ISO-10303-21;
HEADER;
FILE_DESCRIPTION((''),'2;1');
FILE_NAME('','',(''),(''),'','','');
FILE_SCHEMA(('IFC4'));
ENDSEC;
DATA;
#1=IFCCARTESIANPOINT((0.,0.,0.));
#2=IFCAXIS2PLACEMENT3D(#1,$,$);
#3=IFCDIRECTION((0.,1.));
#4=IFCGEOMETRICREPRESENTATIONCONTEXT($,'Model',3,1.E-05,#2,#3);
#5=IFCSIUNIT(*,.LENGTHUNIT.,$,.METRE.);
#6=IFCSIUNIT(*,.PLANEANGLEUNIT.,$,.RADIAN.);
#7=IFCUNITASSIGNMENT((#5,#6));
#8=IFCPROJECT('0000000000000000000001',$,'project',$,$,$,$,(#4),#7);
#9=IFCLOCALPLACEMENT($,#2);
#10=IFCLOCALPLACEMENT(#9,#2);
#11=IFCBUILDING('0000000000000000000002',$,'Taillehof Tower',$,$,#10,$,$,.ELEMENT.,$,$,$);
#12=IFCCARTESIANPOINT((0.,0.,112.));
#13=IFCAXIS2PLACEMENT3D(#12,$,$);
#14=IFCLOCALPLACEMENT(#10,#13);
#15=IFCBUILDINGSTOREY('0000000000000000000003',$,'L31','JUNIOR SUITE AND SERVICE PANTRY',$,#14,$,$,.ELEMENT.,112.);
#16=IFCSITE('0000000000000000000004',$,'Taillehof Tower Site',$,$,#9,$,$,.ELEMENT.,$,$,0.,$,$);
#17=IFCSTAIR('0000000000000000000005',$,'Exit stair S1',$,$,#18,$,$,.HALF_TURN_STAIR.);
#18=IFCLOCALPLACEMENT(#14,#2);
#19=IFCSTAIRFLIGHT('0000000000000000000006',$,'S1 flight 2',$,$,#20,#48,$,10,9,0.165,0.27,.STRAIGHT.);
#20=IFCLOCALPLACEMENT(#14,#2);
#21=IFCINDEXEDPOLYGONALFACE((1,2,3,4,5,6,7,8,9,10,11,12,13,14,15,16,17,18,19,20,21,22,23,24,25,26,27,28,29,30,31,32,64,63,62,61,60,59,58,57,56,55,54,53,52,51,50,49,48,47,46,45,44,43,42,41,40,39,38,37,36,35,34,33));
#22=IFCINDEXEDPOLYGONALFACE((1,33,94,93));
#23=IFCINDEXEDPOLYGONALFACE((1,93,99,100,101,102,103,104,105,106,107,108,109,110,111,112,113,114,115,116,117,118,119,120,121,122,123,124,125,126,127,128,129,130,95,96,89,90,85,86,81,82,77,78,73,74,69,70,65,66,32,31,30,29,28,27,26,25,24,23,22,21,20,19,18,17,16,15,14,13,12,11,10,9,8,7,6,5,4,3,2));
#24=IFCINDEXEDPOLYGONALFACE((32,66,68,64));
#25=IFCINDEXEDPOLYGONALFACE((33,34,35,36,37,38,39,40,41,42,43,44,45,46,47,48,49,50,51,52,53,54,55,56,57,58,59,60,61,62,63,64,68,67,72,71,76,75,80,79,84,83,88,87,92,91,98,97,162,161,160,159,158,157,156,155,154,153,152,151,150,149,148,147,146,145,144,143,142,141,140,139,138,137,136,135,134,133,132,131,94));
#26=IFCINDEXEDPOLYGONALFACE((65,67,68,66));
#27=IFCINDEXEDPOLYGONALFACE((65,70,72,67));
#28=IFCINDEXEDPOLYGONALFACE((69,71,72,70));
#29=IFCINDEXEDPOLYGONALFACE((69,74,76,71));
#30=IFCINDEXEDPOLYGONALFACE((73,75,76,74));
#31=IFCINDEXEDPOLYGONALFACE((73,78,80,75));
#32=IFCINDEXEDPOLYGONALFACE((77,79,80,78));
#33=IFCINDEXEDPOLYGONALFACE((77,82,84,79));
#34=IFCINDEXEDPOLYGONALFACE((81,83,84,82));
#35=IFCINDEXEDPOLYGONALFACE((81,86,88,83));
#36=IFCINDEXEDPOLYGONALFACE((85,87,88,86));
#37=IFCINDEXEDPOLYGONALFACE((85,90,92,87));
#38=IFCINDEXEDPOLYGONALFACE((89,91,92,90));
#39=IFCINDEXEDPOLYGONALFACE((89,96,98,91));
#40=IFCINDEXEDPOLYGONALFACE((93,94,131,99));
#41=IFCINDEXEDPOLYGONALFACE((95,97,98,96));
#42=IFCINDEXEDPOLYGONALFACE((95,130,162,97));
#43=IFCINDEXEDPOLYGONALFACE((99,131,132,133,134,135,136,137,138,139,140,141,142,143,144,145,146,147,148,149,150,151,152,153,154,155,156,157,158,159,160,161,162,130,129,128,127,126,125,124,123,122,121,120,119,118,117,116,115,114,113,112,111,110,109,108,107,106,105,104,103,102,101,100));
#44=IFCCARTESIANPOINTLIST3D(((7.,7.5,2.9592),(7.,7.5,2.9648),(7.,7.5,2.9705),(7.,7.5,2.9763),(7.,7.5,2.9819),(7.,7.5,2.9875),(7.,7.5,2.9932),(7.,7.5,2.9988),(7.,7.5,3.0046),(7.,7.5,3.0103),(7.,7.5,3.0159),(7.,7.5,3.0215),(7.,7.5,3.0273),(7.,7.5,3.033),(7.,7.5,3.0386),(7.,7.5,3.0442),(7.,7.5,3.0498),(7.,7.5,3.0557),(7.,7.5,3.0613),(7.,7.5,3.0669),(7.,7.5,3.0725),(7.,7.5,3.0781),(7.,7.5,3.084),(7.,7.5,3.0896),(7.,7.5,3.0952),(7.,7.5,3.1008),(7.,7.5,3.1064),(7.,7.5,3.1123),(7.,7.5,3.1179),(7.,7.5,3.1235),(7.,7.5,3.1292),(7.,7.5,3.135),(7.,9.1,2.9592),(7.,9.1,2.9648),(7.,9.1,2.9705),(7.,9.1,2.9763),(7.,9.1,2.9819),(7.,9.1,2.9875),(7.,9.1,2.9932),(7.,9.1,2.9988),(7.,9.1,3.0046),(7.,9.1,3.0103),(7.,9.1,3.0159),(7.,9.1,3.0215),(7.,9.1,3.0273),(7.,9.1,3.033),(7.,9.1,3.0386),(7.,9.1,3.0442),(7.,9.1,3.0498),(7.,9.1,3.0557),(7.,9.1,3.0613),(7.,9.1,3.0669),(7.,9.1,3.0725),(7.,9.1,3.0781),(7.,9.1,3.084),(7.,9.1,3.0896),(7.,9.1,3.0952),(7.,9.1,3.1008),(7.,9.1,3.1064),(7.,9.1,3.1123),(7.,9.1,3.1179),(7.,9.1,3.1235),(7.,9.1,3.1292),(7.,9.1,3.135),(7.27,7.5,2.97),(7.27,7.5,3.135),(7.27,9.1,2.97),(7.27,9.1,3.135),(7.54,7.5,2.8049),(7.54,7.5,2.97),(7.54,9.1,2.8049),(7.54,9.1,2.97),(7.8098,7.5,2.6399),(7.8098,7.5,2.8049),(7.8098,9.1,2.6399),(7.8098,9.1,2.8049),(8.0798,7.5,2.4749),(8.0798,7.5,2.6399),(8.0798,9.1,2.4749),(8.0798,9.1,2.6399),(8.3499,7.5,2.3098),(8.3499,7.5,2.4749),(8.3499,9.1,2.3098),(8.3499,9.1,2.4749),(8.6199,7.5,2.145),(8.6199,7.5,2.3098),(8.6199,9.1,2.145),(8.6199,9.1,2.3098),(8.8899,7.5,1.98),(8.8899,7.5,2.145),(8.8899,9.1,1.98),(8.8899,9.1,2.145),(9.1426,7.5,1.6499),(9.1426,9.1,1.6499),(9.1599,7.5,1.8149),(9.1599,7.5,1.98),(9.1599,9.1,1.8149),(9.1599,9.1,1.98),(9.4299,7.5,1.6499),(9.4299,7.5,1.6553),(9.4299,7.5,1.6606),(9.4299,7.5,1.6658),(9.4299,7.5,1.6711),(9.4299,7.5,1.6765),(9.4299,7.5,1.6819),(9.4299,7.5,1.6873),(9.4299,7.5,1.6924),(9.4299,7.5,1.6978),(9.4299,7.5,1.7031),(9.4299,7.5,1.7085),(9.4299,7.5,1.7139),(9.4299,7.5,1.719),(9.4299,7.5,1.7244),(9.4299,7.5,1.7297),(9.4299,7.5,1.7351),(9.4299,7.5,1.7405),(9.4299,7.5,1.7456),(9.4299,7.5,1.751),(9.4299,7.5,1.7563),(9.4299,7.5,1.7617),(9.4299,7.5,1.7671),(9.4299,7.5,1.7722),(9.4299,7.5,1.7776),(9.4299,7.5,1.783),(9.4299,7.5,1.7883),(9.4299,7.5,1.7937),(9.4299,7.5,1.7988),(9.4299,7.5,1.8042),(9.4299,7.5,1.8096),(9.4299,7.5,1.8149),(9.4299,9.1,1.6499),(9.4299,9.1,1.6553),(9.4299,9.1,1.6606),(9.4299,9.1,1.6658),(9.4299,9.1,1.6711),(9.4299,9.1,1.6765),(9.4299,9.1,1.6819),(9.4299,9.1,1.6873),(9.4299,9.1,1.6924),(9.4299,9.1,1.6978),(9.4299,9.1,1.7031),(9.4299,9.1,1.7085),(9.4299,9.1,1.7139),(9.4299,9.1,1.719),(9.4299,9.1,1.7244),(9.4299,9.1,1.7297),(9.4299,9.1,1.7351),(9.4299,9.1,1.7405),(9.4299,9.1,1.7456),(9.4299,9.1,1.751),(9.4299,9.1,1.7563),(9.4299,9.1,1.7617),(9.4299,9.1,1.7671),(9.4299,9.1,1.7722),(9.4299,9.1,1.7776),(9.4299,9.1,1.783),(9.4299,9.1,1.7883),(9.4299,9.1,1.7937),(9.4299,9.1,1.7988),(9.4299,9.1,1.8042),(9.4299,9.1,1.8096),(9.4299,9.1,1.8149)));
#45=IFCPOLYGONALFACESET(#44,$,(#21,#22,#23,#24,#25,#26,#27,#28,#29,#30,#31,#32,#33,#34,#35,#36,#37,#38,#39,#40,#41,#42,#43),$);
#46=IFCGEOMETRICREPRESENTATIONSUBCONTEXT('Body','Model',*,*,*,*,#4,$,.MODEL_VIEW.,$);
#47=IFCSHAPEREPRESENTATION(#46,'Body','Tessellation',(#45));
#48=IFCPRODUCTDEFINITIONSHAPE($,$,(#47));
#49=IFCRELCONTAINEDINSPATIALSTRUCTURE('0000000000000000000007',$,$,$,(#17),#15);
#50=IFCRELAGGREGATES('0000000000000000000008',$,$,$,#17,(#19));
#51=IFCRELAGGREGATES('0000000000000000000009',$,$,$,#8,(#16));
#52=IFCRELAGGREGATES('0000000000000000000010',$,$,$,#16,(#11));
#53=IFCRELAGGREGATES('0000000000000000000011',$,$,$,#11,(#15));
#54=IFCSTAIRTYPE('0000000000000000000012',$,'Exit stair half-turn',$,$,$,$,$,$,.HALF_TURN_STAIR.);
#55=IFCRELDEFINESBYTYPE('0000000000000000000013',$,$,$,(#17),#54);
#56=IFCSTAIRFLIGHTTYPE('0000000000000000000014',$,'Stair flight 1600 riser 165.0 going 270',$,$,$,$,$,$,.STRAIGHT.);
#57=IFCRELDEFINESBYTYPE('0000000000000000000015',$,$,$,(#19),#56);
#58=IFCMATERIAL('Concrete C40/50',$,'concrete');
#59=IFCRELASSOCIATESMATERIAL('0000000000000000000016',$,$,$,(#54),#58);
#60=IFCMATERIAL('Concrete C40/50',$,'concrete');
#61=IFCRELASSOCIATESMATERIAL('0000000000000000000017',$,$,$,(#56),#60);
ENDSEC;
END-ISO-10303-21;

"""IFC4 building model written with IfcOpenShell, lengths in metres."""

from ifc_helpers import new_model, si_unit, direction, frame, origin, place, context, subcontext, project, spatial, polyline, outline, extrude, material, type_object, element, aggregate, save


model = new_model("IFC4")

# Units and contexts
model_context = context("Model", 3, precision=1e-05, world=origin(), true_north=direction((0.0, 1.0)))
body_context = subcontext(model_context, "Body", "Model", "MODEL_VIEW")
ifc_project = project(units=[si_unit("LENGTHUNIT", "METRE"), si_unit("PLANEANGLEUNIT", "RADIAN")], contexts=[model_context])

# Site, building, storey
site_placement = place(None, origin())
site = spatial("IfcSite", under=ifc_project, at=site_placement, Name="Taillehof Tower Site", CompositionType="ELEMENT", RefElevation=0.0)
building_placement = place(site_placement, origin())
building = spatial("IfcBuilding", under=site, at=building_placement, Name="Taillehof Tower", CompositionType="ELEMENT")
storey_placement = place(building_placement, frame((0.0, 0.0, 112.0)))
storey = spatial("IfcBuildingStorey", under=building, at=storey_placement, Name="L31", Description="JUNIOR SUITE AND SERVICE PANTRY", CompositionType="ELEMENT", Elevation=112.0)

# Stair, stair flight
ifc_material_1 = material(Name="Concrete C40/50", Category="concrete")
stair_type = type_object("IfcStairType", Name="Exit stair half-turn", PredefinedType="HALF_TURN_STAIR", material=ifc_material_1)
stair_placement = place(storey_placement, origin())
stair = element("IfcStair", 1, at=stair_placement, inside=storey, type_object=stair_type, Name="Exit stair S1", PredefinedType="HALF_TURN_STAIR")
ifc_material_2 = material(Name="Concrete C40/50", Category="concrete")
stair_flight_type = type_object("IfcStairFlightType", Name="Stair flight 1600 riser 165.0 going 270", PredefinedType="STRAIGHT", material=ifc_material_2)
stair_flight_placement = place(storey_placement, frame((9.4299, 8.3, 1.6499), z_axis=(0.0, 0.0, 1.0), x_axis=(-1.0, 0.0, 0.0)))
stair_flight = element("IfcStairFlight", 2, at=stair_flight_placement, type_object=stair_flight_type, Name="S1 flight 2", NumberOfRisers=10, NumberOfTreads=9, PredefinedType="STRAIGHT", RiserHeight=0.165, TreadLength=0.27, context=body_context, shape_type="SweptSolid", body=[
    extrude(outline(polyline([(0.0, 0.0), (0.0, 0.0054), (0.0, 0.0107), (0.0, 0.0159), (0.0, 0.0212), (0.0, 0.0266), (0.0, 0.032), (0.0, 0.0374), (0.0, 0.0425), (0.0, 0.0479), (0.0, 0.0532), (0.0, 0.0586), (0.0, 0.064), (0.0, 0.0691), (0.0, 0.0745), (0.0, 0.0798), (0.0, 0.0852), (0.0, 0.0906), (0.0, 0.0957), (0.0, 0.1011), (0.0, 0.1064), (0.0, 0.1118), (0.0, 0.1172), (0.0, 0.1223), (0.0, 0.1277), (0.0, 0.1331), (0.0, 0.1384), (0.0, 0.1438), (0.0, 0.1489), (0.0, 0.1543), (0.0, 0.1597), (0.0, 0.165), (0.27, 0.165), (0.27, 0.3301), (0.54, 0.3301), (0.54, 0.4951), (0.8101, 0.4951), (0.8101, 0.6599), (1.0801, 0.6599), (1.0801, 0.825), (1.3501, 0.825), (1.3501, 0.99), (1.6201, 0.99), (1.6201, 1.155), (1.8899, 1.155), (1.8899, 1.3201), (2.1599, 1.3201), (2.1599, 1.4851), (2.4299, 1.4851), (2.4299, 1.4792), (2.4299, 1.4736), (2.4299, 1.468), (2.4299, 1.4624), (2.4299, 1.4565), (2.4299, 1.4509), (2.4299, 1.4453), (2.4299, 1.4397), (2.4299, 1.4341), (2.4299, 1.4282), (2.4299, 1.4226), (2.4299, 1.417), (2.4299, 1.4114), (2.4299, 1.4058), (2.4299, 1.3999), (2.4299, 1.3943), (2.4299, 1.3887), (2.4299, 1.3831), (2.4299, 1.3774), (2.4299, 1.3716), (2.4299, 1.366), (2.4299, 1.3604), (2.4299, 1.3547), (2.4299, 1.3489), (2.4299, 1.3433), (2.4299, 1.3376), (2.4299, 1.332), (2.4299, 1.3264), (2.4299, 1.3206), (2.4299, 1.3149), (2.4299, 1.3093), (0.2874, 0.0), (0.0, 0.0)])), frame((0.0, 0.8, 0.0), z_axis=(0.0, -1.0, 0.0), x_axis=(1.0, 0.0, 0.0)), (0.0, 0.0, 1.0), 1.6),
])
aggregate(stair, [stair_flight])

save(model, "model.ifc")
